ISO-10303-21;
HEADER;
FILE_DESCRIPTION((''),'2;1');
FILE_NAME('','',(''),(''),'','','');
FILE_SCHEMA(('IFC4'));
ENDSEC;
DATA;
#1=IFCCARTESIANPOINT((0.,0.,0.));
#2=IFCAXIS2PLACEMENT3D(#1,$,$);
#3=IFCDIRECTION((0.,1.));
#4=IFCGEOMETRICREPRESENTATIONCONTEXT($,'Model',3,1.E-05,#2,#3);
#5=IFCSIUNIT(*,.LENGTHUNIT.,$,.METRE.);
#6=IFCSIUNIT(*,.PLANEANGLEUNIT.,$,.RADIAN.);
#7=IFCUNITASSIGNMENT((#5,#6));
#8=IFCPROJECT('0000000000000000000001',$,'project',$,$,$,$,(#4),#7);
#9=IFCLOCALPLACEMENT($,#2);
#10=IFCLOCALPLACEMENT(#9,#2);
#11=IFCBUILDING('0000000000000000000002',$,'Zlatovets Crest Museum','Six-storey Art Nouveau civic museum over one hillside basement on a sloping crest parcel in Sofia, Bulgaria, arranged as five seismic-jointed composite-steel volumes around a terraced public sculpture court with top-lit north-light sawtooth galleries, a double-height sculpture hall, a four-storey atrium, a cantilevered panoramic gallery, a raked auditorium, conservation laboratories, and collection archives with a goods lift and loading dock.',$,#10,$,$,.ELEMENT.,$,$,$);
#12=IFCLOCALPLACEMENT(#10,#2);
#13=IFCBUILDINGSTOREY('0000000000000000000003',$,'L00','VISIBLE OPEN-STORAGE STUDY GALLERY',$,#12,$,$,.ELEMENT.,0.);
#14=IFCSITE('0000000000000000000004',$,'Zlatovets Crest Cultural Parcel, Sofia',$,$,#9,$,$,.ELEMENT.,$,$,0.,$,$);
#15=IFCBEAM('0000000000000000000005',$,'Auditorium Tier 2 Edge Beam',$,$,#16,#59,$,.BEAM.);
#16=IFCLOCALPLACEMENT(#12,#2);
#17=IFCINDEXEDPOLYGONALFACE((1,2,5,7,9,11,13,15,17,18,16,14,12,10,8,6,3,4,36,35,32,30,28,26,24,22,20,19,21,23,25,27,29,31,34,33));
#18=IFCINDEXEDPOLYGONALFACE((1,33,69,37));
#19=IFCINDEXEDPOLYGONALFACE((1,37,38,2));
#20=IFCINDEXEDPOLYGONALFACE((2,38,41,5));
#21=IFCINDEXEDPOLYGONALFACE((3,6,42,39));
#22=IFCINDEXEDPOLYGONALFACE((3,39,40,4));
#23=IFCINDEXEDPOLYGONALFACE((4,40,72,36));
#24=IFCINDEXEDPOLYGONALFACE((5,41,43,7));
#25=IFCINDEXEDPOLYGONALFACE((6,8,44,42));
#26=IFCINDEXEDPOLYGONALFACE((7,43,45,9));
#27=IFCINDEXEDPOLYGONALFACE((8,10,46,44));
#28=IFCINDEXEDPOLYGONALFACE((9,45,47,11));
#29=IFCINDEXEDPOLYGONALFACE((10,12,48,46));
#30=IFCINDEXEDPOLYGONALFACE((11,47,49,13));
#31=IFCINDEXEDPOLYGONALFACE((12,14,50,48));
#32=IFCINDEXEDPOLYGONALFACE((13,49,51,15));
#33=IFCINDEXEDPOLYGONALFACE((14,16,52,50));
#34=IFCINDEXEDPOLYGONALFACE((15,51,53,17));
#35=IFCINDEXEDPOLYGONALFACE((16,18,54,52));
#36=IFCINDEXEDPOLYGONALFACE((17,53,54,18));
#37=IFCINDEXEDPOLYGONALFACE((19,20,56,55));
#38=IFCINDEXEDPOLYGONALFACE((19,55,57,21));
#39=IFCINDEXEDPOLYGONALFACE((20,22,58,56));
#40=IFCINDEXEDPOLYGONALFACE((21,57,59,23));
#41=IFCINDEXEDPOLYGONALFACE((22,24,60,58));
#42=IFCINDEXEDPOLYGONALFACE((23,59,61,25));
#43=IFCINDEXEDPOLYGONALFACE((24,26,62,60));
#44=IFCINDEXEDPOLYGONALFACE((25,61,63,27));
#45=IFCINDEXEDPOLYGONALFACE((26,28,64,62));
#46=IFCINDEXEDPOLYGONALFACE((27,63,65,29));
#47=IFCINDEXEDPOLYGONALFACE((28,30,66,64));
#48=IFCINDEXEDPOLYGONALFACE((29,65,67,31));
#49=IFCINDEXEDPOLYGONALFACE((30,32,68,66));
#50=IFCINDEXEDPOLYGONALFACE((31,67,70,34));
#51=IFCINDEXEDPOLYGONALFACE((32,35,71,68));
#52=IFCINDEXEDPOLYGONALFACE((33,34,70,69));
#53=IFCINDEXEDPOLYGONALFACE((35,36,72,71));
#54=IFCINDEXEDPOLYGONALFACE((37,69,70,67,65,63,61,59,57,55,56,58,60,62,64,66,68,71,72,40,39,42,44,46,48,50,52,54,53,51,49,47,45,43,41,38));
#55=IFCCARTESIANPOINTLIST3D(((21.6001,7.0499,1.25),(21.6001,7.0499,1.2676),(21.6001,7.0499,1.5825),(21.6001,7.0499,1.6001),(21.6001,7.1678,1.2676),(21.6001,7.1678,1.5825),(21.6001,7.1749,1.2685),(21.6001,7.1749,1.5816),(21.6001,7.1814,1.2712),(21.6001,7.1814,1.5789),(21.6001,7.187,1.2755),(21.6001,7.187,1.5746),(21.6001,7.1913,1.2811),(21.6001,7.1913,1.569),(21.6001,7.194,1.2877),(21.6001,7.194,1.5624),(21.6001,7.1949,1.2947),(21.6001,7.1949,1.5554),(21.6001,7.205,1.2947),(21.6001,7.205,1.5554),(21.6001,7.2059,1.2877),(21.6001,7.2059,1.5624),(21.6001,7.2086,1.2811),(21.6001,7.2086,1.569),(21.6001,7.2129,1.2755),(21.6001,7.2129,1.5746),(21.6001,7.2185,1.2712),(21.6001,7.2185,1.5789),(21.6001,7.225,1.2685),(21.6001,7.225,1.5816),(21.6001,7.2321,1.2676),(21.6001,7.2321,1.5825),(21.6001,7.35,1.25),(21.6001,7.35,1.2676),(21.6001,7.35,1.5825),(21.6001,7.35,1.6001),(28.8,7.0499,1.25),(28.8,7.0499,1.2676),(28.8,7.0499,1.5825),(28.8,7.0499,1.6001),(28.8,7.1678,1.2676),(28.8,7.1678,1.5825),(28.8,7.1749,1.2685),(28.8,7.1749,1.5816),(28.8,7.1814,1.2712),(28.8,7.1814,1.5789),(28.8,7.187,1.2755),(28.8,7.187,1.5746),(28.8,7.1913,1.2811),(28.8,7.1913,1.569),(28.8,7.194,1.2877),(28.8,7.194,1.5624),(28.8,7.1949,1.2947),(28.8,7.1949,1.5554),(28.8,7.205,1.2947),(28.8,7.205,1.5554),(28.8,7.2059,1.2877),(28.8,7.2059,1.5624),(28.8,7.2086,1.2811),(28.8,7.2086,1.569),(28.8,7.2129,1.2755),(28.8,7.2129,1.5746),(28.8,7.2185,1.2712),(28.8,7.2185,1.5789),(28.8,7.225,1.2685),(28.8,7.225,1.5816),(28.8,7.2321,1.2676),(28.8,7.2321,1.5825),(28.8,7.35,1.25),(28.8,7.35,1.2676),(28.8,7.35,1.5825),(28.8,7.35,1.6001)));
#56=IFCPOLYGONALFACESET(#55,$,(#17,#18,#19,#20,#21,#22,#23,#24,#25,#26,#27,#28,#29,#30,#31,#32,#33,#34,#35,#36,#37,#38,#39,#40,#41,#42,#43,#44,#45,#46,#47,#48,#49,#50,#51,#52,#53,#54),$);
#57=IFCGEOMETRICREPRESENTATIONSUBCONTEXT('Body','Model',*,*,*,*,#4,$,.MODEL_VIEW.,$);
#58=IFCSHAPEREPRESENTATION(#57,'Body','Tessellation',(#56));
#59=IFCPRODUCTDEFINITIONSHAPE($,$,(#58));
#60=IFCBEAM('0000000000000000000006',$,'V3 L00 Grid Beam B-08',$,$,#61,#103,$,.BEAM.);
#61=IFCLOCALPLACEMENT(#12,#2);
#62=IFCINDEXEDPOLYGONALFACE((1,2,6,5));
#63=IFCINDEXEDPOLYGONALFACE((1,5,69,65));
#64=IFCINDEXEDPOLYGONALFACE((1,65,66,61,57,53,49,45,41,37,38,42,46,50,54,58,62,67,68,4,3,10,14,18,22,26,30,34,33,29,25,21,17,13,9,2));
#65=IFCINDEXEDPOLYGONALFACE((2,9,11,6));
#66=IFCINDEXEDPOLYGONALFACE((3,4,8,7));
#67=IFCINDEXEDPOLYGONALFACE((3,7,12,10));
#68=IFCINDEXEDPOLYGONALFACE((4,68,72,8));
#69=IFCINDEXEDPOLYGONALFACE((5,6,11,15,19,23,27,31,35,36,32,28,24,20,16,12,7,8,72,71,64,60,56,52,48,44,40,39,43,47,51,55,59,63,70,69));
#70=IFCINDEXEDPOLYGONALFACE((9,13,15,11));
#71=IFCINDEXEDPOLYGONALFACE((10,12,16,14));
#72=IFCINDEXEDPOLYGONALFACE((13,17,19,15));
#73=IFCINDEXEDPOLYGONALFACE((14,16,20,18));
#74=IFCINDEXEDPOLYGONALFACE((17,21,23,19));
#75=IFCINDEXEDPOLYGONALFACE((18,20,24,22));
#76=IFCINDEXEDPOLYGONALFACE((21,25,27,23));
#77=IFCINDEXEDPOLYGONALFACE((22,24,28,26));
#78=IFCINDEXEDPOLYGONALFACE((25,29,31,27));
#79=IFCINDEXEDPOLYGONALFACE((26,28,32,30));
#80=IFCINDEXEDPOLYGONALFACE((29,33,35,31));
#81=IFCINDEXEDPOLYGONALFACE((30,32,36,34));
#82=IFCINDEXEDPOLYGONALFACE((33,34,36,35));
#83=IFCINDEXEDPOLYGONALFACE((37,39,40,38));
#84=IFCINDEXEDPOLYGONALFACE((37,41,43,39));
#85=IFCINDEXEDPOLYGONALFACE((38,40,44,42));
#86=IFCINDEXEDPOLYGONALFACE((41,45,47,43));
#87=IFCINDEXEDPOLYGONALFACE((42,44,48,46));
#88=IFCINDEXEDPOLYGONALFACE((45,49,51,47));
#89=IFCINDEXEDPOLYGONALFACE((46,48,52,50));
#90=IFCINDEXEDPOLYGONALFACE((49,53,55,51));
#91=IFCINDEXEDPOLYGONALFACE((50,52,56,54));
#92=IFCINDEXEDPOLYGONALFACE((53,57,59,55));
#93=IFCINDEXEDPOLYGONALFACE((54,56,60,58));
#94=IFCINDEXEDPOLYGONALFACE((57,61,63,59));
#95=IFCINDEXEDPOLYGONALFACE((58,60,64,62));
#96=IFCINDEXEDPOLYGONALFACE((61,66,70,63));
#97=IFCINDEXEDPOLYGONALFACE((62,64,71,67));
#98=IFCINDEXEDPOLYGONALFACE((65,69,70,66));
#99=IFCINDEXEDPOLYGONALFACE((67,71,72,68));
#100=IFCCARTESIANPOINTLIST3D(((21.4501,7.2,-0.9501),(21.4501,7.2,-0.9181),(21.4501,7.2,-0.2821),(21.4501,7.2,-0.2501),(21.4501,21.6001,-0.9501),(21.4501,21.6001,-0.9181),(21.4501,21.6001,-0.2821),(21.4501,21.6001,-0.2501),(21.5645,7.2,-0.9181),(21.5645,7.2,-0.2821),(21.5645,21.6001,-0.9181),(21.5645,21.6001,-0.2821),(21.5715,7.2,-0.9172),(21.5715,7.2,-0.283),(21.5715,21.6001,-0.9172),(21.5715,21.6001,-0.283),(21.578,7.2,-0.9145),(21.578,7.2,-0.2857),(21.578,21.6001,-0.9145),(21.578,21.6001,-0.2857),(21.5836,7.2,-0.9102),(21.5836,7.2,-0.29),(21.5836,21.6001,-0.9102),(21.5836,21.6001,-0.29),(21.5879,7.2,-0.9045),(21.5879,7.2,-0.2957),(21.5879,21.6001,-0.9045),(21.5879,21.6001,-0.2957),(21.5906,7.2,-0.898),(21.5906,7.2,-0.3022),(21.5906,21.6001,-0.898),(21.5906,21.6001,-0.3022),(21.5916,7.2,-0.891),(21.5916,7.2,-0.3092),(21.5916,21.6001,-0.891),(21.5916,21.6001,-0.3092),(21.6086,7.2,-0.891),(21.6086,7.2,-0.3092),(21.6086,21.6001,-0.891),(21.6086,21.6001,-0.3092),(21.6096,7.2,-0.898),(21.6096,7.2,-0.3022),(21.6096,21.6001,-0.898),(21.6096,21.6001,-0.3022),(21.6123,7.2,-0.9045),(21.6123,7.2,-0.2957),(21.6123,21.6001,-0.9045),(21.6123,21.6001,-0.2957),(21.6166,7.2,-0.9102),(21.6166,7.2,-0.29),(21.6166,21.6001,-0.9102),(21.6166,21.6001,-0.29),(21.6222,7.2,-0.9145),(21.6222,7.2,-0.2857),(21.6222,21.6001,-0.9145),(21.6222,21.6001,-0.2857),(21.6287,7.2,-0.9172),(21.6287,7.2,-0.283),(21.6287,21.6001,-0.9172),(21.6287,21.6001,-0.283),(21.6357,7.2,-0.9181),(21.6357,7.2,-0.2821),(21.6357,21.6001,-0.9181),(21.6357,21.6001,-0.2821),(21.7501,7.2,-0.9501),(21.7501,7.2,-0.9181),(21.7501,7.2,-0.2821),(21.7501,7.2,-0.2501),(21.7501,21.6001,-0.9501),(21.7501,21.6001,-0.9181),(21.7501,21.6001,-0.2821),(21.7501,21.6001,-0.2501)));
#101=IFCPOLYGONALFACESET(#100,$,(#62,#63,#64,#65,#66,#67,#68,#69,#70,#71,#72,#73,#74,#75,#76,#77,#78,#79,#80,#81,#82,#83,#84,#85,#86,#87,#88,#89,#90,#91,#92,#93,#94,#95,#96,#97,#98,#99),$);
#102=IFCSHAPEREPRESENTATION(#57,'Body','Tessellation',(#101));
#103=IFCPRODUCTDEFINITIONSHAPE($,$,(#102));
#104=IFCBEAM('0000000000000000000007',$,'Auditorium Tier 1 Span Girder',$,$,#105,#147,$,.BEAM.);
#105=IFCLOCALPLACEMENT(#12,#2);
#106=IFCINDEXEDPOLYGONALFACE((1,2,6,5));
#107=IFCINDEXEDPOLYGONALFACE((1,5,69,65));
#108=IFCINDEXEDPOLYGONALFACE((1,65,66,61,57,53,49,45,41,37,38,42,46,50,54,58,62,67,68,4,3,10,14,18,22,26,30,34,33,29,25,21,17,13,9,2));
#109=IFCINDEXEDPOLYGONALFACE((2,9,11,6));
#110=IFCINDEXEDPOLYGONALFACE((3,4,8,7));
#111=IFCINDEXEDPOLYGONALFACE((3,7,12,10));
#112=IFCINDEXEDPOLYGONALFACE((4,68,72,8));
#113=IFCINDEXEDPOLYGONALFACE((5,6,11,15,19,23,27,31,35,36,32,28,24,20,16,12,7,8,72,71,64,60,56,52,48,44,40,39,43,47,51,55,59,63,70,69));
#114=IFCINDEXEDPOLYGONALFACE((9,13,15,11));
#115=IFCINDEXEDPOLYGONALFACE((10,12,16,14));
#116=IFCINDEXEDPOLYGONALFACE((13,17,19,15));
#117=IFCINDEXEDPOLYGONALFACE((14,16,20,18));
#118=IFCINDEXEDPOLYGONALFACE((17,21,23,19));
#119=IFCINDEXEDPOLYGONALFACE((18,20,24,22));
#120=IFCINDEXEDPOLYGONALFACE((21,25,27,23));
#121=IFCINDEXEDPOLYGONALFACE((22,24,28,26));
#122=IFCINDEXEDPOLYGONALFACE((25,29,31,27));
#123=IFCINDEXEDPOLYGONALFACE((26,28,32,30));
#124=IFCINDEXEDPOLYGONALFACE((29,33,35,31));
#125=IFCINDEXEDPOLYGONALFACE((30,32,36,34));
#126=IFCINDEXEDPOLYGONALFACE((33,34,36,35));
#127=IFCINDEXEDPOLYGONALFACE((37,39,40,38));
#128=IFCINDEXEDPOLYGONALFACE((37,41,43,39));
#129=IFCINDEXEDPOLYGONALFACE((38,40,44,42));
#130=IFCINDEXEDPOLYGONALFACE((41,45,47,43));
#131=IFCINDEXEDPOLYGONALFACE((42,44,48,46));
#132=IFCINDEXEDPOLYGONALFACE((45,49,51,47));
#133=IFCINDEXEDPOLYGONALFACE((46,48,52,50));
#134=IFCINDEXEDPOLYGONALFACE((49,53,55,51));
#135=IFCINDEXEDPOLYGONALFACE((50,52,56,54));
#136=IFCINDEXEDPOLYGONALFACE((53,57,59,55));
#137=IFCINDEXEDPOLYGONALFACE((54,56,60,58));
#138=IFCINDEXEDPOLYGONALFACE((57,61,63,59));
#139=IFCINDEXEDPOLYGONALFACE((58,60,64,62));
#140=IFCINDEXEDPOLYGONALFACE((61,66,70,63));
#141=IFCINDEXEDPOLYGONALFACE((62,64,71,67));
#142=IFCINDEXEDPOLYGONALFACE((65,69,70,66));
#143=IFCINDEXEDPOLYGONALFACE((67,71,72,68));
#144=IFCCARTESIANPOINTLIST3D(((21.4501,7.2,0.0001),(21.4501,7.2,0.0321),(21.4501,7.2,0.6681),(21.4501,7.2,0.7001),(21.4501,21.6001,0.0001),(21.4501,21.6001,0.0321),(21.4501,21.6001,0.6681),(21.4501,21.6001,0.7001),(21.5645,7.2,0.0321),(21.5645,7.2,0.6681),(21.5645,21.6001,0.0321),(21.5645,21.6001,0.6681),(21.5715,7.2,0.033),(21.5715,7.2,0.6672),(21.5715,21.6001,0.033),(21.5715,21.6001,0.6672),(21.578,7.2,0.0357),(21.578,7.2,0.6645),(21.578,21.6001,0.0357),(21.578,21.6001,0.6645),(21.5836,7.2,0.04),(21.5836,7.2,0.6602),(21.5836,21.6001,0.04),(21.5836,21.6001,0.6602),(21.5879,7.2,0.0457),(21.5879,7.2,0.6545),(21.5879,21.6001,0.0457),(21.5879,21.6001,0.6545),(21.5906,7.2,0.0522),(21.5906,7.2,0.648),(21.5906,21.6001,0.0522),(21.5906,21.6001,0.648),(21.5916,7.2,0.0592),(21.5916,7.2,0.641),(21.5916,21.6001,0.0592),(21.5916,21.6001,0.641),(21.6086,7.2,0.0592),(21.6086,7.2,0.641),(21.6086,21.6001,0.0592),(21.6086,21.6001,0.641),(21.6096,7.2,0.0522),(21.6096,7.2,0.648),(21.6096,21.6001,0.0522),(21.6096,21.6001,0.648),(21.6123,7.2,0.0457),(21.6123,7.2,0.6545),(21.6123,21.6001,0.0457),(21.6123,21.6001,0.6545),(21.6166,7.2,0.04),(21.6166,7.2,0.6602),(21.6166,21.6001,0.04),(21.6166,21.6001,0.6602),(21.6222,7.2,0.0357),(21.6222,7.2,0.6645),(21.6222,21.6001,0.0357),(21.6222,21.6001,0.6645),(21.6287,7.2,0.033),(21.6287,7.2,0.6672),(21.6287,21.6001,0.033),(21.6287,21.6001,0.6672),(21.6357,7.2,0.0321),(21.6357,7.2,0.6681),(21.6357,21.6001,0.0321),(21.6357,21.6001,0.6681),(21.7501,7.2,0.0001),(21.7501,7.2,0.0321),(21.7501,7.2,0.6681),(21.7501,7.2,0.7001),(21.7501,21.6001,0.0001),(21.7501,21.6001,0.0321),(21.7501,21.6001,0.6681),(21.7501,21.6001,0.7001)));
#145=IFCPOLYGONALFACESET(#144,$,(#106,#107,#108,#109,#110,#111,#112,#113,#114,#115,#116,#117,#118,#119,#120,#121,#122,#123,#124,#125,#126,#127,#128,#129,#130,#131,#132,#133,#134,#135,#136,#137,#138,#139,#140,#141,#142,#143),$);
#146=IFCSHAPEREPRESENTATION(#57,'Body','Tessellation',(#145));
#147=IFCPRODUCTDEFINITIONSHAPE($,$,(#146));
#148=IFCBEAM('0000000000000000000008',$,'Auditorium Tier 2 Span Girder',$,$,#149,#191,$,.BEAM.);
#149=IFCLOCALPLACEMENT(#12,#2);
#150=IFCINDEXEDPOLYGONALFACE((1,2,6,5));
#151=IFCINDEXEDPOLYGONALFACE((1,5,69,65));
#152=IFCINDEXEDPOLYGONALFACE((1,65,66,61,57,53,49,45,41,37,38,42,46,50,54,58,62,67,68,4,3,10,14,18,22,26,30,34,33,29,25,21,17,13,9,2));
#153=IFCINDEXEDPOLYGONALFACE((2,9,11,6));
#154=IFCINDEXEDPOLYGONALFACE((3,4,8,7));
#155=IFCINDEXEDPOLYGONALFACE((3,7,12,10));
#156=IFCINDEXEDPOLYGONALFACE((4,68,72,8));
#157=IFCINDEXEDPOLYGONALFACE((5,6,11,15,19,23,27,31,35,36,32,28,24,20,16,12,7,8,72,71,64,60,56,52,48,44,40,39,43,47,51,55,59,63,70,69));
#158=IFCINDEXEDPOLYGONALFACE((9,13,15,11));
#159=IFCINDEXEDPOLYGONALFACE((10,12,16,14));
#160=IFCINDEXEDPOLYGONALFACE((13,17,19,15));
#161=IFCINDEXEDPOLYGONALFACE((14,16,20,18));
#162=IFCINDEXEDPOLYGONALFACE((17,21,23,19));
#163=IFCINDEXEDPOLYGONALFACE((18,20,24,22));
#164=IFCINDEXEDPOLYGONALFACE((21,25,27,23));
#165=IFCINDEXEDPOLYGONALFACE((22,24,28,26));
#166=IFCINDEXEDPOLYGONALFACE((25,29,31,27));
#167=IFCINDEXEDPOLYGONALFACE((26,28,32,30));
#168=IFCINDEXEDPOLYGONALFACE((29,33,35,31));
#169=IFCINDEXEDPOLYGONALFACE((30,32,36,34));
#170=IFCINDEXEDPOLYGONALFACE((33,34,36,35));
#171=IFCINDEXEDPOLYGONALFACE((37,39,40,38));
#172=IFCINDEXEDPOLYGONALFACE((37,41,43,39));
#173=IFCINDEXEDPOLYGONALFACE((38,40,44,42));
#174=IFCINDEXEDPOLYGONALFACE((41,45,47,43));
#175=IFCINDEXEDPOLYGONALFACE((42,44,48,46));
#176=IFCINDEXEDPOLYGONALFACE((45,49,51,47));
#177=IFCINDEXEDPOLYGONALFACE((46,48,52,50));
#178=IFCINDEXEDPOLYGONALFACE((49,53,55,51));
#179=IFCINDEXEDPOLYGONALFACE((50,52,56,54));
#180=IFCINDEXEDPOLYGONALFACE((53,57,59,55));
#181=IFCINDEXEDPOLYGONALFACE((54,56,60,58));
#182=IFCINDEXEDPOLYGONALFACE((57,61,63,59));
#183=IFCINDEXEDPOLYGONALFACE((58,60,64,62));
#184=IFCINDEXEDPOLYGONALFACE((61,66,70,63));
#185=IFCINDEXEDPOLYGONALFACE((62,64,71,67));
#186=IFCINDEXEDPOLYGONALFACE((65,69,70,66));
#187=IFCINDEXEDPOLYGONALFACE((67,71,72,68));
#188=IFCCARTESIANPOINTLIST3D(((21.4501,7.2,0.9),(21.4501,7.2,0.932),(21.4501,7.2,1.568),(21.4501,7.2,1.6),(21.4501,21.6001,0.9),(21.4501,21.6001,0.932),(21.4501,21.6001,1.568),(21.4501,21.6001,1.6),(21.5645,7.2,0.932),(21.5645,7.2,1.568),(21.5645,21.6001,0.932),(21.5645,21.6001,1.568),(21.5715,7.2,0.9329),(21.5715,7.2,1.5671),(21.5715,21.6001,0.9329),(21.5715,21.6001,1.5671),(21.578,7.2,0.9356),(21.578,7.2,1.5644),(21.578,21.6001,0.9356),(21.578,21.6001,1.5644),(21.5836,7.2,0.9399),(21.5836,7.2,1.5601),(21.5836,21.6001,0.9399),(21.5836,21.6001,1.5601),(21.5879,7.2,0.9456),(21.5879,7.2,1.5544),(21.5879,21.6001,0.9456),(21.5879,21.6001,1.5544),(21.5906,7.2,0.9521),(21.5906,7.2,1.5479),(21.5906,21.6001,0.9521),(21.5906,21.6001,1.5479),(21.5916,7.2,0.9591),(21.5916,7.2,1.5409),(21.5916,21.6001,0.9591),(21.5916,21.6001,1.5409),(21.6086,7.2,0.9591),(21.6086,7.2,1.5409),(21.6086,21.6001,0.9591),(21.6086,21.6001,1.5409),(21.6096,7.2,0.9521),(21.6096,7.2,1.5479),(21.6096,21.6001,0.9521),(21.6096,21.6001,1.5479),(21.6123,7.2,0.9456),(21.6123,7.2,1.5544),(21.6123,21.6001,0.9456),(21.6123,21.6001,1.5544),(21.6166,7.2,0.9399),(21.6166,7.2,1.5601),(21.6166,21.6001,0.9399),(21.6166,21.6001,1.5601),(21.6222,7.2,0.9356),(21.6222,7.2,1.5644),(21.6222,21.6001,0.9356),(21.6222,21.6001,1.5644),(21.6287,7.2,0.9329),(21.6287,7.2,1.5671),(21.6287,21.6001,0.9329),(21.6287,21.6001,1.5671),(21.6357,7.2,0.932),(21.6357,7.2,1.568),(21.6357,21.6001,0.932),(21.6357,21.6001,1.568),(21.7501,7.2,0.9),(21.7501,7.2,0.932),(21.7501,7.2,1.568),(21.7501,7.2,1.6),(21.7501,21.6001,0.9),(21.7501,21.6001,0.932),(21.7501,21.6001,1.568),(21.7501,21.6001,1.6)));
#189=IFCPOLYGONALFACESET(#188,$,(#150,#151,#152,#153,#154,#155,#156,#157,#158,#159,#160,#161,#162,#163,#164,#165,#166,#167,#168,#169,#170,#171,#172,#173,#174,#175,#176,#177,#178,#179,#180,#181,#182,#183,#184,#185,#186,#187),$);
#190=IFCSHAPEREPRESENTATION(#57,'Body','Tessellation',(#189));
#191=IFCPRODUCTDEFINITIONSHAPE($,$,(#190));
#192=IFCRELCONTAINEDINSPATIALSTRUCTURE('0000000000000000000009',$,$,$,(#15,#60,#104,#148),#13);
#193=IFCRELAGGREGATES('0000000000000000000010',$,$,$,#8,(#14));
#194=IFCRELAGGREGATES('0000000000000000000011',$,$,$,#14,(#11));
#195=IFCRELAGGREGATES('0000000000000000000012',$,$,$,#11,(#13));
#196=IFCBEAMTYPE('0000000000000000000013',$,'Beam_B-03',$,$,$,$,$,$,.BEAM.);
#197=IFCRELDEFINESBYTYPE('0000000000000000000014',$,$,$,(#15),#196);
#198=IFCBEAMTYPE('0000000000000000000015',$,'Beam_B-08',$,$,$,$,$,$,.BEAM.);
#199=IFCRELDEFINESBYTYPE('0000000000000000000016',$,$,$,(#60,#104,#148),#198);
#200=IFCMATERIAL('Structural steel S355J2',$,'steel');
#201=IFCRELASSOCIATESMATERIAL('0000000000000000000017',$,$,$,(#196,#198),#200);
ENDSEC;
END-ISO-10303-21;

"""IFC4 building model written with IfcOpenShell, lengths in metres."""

from ifc_helpers import new_model, si_unit, direction, frame, origin, origin_2d, place, context, subcontext, project, spatial, i_section, extrude, material, material_profile, profile_set, type_object, element, save


model = new_model("IFC4")

# Units and contexts
model_context = context("Model", 3, precision=1e-05, world=origin(), true_north=direction((0.0, 1.0)))
body_context = subcontext(model_context, "Body", "Model", "MODEL_VIEW")
ifc_project = project(units=[si_unit("LENGTHUNIT", "METRE"), si_unit("PLANEANGLEUNIT", "RADIAN")], contexts=[model_context])

# Site, building, storey
site_placement = place(None, origin())
site = spatial("IfcSite", under=ifc_project, at=site_placement, Name="Zlatovets Crest Cultural Parcel, Sofia", CompositionType="ELEMENT", RefElevation=0.0)
building_placement = place(site_placement, origin())
building = spatial("IfcBuilding", under=site, at=building_placement, Name="Zlatovets Crest Museum", Description="Six-storey Art Nouveau civic museum over one hillside basement on a sloping crest parcel in Sofia, Bulgaria, arranged as five seismic-jointed composite-steel volumes around a terraced public sculpture court with top-lit north-light sawtooth galleries, a double-height sculpture hall, a four-storey atrium, a cantilevered panoramic gallery, a raked auditorium, conservation laboratories, and collection archives with a goods lift and loading dock.", CompositionType="ELEMENT")
storey_placement = place(building_placement, origin())
storey = spatial("IfcBuildingStorey", under=building, at=storey_placement, Name="L00", Description="VISIBLE OPEN-STORAGE STUDY GALLERY", CompositionType="ELEMENT", Elevation=0.0)

# Shared definitions
ifc_material_1 = material(Name="Structural steel S355J2", Category="steel")

# Beams
ifc_material_profile_1 = material_profile(ifc_material_1, i_section(OverallWidth=0.3, OverallDepth=0.3501, WebThickness=0.01, FlangeThickness=0.0176, FilletRadius=0.0271, at=origin_2d()), Name="HEA 360")
ifc_profile_set_1 = profile_set([ifc_material_profile_1], Name="Structural steel S355J2")
beam_type_1 = type_object("IfcBeamType", Name="Beam_B-03", PredefinedType="BEAM", material=ifc_profile_set_1)
for number, where, z_axis, x_axis, name in (
    (1, (21.6001, 7.2, 1.425), (1.0, 0.0, 0.0), (0.0, 1.0, 0.0), "Auditorium Tier 2 Edge Beam"),
):
    element("IfcBeam", number, at=place(storey_placement, frame(where, z_axis=z_axis, x_axis=x_axis)), inside=storey, type_object=beam_type_1, Name=name, PredefinedType="BEAM", context=body_context, shape_type="SweptSolid", body=[
        extrude(i_section(OverallWidth=0.3, OverallDepth=0.3501, WebThickness=0.01, FlangeThickness=0.0176, FilletRadius=0.0271, at=origin_2d()), origin(), (0.0, 0.0, 1.0), 7.2),
    ])
ifc_material_profile_2 = material_profile(ifc_material_1, i_section(OverallWidth=0.3, OverallDepth=0.7, WebThickness=0.0171, FlangeThickness=0.032, FilletRadius=0.0271, at=origin_2d()), Name="HEB 700")
ifc_profile_set_2 = profile_set([ifc_material_profile_2], Name="Structural steel S355J2")
beam_type_2 = type_object("IfcBeamType", Name="Beam_B-08", PredefinedType="BEAM", material=ifc_profile_set_2)
for number, where, z_axis, x_axis, name in (
    (2, (21.6001, 7.2, -0.6001), (0.0, 1.0, 0.0), (-1.0, 0.0, 0.0), "V3 L00 Grid Beam B-08"),
    (3, (21.6001, 7.2, 0.3501), (0.0, 1.0, 0.0), (-1.0, 0.0, 0.0), "Auditorium Tier 1 Span Girder"),
    (4, (21.6001, 7.2, 1.25), (0.0, 1.0, 0.0), (-1.0, 0.0, 0.0), "Auditorium Tier 2 Span Girder"),
):
    element("IfcBeam", number, at=place(storey_placement, frame(where, z_axis=z_axis, x_axis=x_axis)), inside=storey, type_object=beam_type_2, Name=name, PredefinedType="BEAM", context=body_context, shape_type="SweptSolid", body=[
        extrude(i_section(OverallWidth=0.3, OverallDepth=0.7, WebThickness=0.0171, FlangeThickness=0.032, FilletRadius=0.0271, at=origin_2d()), origin(), (0.0, 0.0, 1.0), 14.4001),
    ])

save(model, "model.ifc")
